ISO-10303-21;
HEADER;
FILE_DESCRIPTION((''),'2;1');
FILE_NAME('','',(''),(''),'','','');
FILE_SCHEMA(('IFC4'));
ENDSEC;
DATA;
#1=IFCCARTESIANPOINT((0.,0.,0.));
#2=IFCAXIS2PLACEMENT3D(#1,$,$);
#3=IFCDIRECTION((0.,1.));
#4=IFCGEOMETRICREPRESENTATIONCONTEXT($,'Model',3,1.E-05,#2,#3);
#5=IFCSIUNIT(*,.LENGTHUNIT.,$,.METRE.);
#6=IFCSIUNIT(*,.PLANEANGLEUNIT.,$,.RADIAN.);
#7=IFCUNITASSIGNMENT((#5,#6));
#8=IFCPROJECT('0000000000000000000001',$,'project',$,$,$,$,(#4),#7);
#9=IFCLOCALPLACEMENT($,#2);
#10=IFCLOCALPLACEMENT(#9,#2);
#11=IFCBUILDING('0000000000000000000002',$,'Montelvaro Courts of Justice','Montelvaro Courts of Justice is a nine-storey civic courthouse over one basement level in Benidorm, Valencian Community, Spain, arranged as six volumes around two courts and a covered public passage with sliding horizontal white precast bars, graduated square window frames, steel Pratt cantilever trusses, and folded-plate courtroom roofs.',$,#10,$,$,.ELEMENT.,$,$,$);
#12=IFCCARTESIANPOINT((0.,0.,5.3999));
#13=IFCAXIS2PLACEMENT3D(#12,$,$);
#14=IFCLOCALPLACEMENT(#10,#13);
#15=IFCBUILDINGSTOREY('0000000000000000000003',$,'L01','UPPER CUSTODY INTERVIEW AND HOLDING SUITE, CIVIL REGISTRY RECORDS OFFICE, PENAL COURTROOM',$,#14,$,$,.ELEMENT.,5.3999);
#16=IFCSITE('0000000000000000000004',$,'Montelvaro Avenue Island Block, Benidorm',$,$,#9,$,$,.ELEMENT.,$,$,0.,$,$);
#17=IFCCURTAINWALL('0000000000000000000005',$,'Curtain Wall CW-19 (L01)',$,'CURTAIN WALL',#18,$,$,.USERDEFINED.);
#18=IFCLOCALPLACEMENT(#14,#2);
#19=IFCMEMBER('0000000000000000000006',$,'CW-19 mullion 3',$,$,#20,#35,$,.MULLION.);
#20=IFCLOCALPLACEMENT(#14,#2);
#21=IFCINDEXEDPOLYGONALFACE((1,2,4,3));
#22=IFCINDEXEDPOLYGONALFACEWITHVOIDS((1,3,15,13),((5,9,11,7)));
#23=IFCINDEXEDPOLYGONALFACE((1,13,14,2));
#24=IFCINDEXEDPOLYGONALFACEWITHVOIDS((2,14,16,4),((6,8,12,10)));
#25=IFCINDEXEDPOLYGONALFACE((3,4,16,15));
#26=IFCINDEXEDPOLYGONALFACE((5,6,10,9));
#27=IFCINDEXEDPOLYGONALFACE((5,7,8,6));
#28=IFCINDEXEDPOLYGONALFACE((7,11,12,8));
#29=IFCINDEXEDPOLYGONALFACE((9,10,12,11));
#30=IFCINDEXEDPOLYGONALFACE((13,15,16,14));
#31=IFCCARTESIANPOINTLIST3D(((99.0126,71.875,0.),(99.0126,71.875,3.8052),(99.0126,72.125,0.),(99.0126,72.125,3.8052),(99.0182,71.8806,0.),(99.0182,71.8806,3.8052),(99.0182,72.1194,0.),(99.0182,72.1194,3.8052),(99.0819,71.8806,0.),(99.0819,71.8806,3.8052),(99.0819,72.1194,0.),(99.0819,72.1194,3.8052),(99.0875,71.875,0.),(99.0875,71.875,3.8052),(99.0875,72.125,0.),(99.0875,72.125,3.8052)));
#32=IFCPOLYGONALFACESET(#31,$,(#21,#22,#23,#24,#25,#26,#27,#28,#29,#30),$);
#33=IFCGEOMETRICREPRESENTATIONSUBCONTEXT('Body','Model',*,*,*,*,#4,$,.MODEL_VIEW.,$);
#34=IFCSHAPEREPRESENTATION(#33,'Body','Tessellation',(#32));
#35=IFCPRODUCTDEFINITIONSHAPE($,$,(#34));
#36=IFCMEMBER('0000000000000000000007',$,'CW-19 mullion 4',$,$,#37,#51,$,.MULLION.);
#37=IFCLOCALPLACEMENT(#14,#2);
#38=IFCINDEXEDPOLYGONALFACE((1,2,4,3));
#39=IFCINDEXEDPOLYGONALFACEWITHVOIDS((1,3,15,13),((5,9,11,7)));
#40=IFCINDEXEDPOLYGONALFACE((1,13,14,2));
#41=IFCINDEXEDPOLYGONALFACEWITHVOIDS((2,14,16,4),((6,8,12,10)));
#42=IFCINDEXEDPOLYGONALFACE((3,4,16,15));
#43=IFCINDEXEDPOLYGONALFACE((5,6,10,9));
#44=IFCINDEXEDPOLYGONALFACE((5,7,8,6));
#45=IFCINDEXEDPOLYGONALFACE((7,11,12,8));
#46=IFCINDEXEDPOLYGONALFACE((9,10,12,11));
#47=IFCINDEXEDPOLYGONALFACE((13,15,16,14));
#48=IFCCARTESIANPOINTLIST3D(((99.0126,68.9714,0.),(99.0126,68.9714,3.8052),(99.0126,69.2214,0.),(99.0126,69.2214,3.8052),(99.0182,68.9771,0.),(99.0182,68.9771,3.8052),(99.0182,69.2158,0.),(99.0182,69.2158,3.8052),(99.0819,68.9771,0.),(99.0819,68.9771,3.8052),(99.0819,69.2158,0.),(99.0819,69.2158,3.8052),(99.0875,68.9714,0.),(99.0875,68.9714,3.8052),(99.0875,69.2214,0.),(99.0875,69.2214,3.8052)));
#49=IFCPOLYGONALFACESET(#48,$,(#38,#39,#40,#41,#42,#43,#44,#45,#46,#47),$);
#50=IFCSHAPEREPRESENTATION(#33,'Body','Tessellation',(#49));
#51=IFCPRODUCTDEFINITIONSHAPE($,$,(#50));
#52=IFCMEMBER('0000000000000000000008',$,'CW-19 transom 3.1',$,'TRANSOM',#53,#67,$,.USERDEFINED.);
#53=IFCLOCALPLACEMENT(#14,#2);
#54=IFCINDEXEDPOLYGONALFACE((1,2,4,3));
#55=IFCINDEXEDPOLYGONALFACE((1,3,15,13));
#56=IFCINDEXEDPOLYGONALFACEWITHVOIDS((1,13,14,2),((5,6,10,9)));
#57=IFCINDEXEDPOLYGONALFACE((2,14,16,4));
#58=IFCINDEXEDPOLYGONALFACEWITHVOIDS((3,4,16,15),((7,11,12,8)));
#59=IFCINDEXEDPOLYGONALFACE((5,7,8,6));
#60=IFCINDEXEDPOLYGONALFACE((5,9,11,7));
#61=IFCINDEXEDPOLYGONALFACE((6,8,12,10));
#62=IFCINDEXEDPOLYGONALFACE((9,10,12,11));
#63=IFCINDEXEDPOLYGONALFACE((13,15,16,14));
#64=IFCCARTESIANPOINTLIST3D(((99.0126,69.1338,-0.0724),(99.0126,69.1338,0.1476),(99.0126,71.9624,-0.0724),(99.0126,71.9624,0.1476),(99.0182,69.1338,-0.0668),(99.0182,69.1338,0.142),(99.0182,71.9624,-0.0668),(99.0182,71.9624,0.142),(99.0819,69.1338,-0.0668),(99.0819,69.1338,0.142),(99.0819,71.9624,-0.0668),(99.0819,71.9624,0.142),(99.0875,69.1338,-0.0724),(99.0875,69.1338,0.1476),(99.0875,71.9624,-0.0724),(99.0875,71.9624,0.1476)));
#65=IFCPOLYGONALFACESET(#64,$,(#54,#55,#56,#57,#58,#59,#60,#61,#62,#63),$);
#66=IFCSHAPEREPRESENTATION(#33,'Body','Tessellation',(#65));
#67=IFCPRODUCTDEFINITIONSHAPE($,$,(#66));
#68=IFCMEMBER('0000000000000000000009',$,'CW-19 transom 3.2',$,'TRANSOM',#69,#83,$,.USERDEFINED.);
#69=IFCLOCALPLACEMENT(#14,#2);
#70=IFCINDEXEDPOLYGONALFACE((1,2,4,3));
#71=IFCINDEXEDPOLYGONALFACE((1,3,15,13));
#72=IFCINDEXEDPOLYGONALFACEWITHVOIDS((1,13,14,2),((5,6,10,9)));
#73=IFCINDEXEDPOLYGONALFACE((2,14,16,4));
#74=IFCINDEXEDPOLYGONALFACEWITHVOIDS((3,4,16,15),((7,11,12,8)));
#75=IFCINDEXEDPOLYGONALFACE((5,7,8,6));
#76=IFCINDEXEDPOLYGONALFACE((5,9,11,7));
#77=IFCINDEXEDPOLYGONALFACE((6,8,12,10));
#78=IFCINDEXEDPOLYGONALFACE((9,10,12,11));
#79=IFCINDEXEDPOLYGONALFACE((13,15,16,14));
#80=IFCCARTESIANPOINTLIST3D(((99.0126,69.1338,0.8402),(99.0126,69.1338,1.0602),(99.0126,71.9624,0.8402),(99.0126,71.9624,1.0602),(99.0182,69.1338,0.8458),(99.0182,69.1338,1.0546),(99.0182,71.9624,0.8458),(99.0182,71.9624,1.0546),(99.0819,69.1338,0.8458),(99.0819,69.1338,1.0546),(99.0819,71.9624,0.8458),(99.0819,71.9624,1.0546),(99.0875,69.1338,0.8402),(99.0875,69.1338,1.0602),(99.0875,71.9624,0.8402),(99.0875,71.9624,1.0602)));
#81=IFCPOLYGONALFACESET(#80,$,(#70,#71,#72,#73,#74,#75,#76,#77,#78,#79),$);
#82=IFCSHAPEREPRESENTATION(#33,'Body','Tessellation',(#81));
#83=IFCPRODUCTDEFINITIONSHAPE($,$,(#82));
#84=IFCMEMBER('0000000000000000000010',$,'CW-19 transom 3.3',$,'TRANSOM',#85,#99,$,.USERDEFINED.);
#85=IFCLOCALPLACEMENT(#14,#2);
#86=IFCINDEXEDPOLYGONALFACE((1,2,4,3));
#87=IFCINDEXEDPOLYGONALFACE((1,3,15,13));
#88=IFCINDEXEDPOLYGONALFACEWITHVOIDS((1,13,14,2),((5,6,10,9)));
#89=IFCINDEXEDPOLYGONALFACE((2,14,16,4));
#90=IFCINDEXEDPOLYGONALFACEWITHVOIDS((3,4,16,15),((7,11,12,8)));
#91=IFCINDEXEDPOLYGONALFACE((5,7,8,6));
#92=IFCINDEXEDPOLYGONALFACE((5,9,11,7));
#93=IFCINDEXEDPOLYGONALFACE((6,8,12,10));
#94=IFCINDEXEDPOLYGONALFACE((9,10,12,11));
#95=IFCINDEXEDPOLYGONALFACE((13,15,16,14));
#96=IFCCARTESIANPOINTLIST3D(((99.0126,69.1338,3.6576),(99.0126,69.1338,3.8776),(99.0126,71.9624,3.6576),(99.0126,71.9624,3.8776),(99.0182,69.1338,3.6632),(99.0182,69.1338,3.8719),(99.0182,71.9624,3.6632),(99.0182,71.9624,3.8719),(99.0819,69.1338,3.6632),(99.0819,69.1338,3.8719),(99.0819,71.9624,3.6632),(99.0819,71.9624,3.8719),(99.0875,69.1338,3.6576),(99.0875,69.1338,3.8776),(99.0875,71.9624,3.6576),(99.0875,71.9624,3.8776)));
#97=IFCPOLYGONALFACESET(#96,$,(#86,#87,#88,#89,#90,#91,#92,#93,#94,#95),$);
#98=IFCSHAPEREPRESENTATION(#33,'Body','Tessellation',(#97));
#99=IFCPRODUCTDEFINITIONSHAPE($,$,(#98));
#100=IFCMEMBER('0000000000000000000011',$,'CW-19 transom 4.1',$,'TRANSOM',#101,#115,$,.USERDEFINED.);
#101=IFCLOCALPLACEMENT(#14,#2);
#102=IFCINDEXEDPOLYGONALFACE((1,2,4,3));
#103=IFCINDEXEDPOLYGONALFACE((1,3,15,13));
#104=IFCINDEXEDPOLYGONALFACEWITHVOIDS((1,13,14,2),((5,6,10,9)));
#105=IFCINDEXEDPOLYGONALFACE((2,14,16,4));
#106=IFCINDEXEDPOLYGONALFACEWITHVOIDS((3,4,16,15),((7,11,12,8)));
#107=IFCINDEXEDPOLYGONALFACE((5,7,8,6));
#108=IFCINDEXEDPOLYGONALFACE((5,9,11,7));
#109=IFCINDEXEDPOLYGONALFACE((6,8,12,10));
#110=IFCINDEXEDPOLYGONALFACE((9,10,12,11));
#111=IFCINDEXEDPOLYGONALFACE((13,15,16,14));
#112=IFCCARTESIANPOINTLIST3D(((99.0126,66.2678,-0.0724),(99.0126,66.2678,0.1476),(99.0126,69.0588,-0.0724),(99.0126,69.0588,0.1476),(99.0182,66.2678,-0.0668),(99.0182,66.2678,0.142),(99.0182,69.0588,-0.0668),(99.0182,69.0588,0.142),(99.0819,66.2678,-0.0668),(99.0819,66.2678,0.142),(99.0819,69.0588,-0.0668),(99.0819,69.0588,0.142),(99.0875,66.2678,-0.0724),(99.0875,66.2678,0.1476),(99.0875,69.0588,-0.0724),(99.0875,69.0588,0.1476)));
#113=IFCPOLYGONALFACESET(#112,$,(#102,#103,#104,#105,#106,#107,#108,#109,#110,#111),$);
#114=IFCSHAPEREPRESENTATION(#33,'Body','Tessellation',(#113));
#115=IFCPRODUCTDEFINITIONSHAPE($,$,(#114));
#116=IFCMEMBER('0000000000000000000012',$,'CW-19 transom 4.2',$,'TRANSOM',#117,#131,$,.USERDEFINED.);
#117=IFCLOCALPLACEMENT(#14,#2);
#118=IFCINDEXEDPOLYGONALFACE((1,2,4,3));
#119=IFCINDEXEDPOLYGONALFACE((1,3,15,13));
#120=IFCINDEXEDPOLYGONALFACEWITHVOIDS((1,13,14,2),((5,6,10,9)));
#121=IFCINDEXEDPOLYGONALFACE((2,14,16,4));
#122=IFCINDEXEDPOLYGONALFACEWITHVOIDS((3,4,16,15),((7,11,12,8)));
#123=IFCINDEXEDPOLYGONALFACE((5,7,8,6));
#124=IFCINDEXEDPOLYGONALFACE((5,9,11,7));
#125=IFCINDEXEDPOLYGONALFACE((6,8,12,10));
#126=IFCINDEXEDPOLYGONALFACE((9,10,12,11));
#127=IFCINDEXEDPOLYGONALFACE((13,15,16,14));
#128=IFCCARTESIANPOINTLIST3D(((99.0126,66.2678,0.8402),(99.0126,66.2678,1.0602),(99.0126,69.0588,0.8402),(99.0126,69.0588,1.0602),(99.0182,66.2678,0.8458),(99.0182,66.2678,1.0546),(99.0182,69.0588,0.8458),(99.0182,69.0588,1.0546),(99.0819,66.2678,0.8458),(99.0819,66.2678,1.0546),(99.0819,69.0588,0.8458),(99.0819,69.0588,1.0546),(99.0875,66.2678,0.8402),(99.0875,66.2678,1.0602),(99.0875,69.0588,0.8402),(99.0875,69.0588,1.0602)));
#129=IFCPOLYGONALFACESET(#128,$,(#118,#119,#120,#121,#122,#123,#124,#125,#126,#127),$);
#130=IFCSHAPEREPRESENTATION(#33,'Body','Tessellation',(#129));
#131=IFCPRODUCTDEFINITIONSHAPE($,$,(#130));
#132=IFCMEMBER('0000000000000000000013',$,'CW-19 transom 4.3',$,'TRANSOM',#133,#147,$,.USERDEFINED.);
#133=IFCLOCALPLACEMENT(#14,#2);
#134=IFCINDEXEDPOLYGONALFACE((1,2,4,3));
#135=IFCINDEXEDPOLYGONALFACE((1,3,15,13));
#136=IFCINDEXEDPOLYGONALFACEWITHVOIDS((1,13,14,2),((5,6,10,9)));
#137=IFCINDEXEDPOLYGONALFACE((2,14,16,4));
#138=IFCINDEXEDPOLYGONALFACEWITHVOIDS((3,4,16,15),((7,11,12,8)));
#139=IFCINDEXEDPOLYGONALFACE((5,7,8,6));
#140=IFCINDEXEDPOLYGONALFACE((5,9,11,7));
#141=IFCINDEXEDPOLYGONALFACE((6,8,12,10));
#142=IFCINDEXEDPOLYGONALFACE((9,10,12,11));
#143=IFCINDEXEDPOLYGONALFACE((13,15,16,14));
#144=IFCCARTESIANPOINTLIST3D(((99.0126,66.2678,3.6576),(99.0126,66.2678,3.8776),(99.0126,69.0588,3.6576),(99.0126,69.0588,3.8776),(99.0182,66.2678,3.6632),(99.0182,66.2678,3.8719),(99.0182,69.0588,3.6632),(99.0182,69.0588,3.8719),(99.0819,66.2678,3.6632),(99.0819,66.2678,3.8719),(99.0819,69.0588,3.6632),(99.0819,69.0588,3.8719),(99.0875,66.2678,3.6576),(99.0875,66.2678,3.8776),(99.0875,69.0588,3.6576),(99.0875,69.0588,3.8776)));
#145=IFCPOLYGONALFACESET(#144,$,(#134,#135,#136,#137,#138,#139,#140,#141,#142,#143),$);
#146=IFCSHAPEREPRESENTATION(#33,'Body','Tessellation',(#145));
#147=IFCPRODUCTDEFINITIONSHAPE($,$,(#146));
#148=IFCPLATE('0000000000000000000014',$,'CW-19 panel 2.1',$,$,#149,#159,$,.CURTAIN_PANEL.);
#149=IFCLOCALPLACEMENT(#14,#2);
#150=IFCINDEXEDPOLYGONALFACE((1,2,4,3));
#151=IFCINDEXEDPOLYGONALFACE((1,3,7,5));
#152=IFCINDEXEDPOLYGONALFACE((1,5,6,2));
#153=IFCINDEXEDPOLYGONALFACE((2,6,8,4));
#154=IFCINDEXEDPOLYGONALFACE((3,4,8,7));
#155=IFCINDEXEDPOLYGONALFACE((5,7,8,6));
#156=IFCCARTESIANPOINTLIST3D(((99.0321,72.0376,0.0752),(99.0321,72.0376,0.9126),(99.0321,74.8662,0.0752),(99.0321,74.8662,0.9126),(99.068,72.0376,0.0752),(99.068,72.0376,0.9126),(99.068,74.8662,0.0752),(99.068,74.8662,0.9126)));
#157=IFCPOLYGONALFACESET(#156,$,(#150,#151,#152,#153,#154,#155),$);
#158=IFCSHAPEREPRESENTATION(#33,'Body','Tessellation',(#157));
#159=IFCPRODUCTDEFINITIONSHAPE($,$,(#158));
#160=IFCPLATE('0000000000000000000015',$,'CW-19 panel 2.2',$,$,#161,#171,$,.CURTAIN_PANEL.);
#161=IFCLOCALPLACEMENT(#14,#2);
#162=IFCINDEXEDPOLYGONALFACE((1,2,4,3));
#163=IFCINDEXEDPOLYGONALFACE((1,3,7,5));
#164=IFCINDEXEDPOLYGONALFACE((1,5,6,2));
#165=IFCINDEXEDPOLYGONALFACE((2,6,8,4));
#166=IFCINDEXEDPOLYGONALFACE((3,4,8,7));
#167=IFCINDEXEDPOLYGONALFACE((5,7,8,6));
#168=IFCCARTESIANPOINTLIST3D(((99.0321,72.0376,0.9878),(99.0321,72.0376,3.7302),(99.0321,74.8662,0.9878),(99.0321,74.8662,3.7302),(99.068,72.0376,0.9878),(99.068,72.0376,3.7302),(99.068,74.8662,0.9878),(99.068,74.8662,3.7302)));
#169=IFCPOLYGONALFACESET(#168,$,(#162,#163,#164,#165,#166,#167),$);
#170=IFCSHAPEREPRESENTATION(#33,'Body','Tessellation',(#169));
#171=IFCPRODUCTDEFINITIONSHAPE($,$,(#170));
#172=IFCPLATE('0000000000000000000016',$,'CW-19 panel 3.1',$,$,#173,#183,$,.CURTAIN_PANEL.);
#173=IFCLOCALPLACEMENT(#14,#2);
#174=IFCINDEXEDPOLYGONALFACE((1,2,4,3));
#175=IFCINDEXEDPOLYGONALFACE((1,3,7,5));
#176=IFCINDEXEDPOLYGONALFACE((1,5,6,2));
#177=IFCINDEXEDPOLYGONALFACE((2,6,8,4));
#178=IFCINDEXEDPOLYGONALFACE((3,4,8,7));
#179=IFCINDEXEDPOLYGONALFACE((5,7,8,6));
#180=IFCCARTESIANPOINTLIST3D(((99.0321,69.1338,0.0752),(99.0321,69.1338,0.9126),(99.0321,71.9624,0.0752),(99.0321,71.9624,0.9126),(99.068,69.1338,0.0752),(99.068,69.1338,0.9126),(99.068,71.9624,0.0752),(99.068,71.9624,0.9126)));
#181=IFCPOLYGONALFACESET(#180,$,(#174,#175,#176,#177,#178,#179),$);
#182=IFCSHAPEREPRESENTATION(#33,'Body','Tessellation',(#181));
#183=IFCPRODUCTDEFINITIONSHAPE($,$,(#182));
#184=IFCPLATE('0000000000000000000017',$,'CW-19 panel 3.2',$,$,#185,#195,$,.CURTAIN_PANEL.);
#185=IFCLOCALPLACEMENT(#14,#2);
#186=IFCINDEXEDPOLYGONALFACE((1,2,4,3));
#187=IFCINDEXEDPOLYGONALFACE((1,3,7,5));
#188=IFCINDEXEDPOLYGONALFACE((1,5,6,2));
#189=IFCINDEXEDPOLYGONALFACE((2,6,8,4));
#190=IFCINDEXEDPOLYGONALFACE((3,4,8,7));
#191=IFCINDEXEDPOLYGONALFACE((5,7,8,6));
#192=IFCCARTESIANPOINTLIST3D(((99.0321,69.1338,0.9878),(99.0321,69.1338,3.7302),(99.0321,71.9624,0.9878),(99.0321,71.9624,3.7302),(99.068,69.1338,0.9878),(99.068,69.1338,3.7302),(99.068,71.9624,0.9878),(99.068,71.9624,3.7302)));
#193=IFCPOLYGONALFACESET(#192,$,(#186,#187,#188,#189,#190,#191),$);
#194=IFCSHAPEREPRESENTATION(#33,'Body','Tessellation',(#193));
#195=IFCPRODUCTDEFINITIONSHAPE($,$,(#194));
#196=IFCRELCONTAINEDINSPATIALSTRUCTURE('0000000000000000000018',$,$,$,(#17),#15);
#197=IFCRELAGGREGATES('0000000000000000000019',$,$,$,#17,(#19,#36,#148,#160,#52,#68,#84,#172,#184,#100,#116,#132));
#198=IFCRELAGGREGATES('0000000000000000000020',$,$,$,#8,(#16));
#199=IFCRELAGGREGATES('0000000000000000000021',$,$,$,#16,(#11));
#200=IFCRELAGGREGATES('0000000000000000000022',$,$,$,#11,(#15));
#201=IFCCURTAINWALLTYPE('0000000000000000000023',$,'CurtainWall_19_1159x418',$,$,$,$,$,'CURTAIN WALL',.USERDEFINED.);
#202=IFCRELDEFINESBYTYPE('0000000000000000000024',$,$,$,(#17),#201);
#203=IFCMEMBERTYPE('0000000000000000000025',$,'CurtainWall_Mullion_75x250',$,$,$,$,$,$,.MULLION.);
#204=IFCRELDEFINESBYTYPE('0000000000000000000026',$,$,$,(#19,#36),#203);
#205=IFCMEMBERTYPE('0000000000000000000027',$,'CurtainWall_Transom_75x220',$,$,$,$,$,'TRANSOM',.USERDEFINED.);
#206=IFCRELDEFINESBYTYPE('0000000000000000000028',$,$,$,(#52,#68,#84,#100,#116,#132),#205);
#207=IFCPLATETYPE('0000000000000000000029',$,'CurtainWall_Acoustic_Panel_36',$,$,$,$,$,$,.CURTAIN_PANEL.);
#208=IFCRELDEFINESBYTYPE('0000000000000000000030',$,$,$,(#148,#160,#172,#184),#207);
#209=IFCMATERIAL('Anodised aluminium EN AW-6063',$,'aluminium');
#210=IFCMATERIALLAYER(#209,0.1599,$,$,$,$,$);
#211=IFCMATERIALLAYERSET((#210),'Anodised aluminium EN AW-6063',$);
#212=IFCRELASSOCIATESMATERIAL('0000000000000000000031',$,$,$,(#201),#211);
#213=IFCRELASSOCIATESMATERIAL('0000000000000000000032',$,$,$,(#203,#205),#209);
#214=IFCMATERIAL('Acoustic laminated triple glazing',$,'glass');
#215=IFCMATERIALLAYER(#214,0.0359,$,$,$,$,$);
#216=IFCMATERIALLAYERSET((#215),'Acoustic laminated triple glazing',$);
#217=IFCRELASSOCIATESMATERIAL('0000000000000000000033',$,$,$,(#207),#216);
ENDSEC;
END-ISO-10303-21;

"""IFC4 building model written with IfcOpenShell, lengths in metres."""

from ifc_helpers import new_model, si_unit, direction, frame, origin, origin_2d, place, context, subcontext, project, spatial, rectangle, hollow_rectangle, extrude, material, layer, layer_set, material_profile, profile_set, type_object, element, aggregate, save


model = new_model("IFC4")

# Units and contexts
model_context = context("Model", 3, precision=1e-05, world=origin(), true_north=direction((0.0, 1.0)))
body_context = subcontext(model_context, "Body", "Model", "MODEL_VIEW")
ifc_project = project(units=[si_unit("LENGTHUNIT", "METRE"), si_unit("PLANEANGLEUNIT", "RADIAN")], contexts=[model_context])

# Site, building, storey
site_placement = place(None, origin())
site = spatial("IfcSite", under=ifc_project, at=site_placement, Name="Montelvaro Avenue Island Block, Benidorm", CompositionType="ELEMENT", RefElevation=0.0)
building_placement = place(site_placement, origin())
building = spatial("IfcBuilding", under=site, at=building_placement, Name="Montelvaro Courts of Justice", Description="Montelvaro Courts of Justice is a nine-storey civic courthouse over one basement level in Benidorm, Valencian Community, Spain, arranged as six volumes around two courts and a covered public passage with sliding horizontal white precast bars, graduated square window frames, steel Pratt cantilever trusses, and folded-plate courtroom roofs.", CompositionType="ELEMENT")
storey_placement = place(building_placement, frame((0.0, 0.0, 5.3999)))
storey = spatial("IfcBuildingStorey", under=building, at=storey_placement, Name="L01", Description="UPPER CUSTODY INTERVIEW AND HOLDING SUITE, CIVIL REGISTRY RECORDS OFFICE, PENAL COURTROOM", CompositionType="ELEMENT", Elevation=5.3999)

# Curtain wall, members, plates
ifc_material_1 = material(Name="Anodised aluminium EN AW-6063", Category="aluminium")
ifc_layer_1 = layer(ifc_material_1, 0.1599)
ifc_layer_set_1 = layer_set([ifc_layer_1], Name="Anodised aluminium EN AW-6063")
curtain_wall_type = type_object("IfcCurtainWallType", Name="CurtainWall_19_1159x418", ElementType="CURTAIN WALL", PredefinedType="USERDEFINED", material=ifc_layer_set_1)
curtain_wall_placement = place(storey_placement, origin())
curtain_wall = element("IfcCurtainWall", 1, at=curtain_wall_placement, inside=storey, type_object=curtain_wall_type, Name="Curtain Wall CW-19 (L01)", ObjectType="CURTAIN WALL", PredefinedType="USERDEFINED")
ifc_material_profile_1 = material_profile(ifc_material_1, hollow_rectangle(XDim=0.075, YDim=0.25, WallThickness=0.0056, at=origin_2d()), Name="ALU-M 75x250")
ifc_profile_set_1 = profile_set([ifc_material_profile_1], Name="Anodised aluminium EN AW-6063")
member_type_1 = type_object("IfcMemberType", Name="CurtainWall_Mullion_75x250", PredefinedType="MULLION", material=ifc_profile_set_1)
member_1_placement = place(storey_placement, frame((99.05, 72.0, 0.0), z_axis=(0.0, 0.0, 1.0), x_axis=(1.0, 0.0, 0.0)))
member_1 = element("IfcMember", 2, at=member_1_placement, type_object=member_type_1, Name="CW-19 mullion 3", PredefinedType="MULLION", context=body_context, shape_type="SweptSolid", body=[
    extrude(hollow_rectangle(XDim=0.075, YDim=0.25, WallThickness=0.0056, at=origin_2d()), origin(), (0.0, 0.0, 1.0), 3.8052),
])
member_2_placement = place(storey_placement, frame((99.05, 69.0964, 0.0), z_axis=(0.0, 0.0, 1.0), x_axis=(1.0, 0.0, 0.0)))
member_2 = element("IfcMember", 3, at=member_2_placement, type_object=member_type_1, Name="CW-19 mullion 4", PredefinedType="MULLION", context=body_context, shape_type="SweptSolid", body=[
    extrude(hollow_rectangle(XDim=0.075, YDim=0.25, WallThickness=0.0056, at=origin_2d()), origin(), (0.0, 0.0, 1.0), 3.8052),
])
ifc_material_profile_2 = material_profile(ifc_material_1, hollow_rectangle(XDim=0.075, YDim=0.22, WallThickness=0.0056, at=origin_2d()), Name="ALU-T 75x220")
ifc_profile_set_2 = profile_set([ifc_material_profile_2], Name="Anodised aluminium EN AW-6063")
member_type_2 = type_object("IfcMemberType", Name="CurtainWall_Transom_75x220", ElementType="TRANSOM", PredefinedType="USERDEFINED", material=ifc_profile_set_2)
member_3_placement = place(storey_placement, frame((99.05, 71.9624, 0.0376), z_axis=(0.0, -1.0, 0.0), x_axis=(1.0, 0.0, 0.0)))
member_3 = element("IfcMember", 4, at=member_3_placement, type_object=member_type_2, Name="CW-19 transom 3.1", ObjectType="TRANSOM", PredefinedType="USERDEFINED", context=body_context, shape_type="SweptSolid", body=[
    extrude(hollow_rectangle(XDim=0.075, YDim=0.22, WallThickness=0.0056, at=origin_2d()), origin(), (0.0, 0.0, 1.0), 2.8286),
])
member_4_placement = place(storey_placement, frame((99.05, 71.9624, 0.9502), z_axis=(0.0, -1.0, 0.0), x_axis=(1.0, 0.0, 0.0)))
member_4 = element("IfcMember", 5, at=member_4_placement, type_object=member_type_2, Name="CW-19 transom 3.2", ObjectType="TRANSOM", PredefinedType="USERDEFINED", context=body_context, shape_type="SweptSolid", body=[
    extrude(hollow_rectangle(XDim=0.075, YDim=0.22, WallThickness=0.0056, at=origin_2d()), origin(), (0.0, 0.0, 1.0), 2.8286),
])
member_5_placement = place(storey_placement, frame((99.05, 71.9624, 3.7676), z_axis=(0.0, -1.0, 0.0), x_axis=(1.0, 0.0, 0.0)))
member_5 = element("IfcMember", 6, at=member_5_placement, type_object=member_type_2, Name="CW-19 transom 3.3", ObjectType="TRANSOM", PredefinedType="USERDEFINED", context=body_context, shape_type="SweptSolid", body=[
    extrude(hollow_rectangle(XDim=0.075, YDim=0.22, WallThickness=0.0056, at=origin_2d()), origin(), (0.0, 0.0, 1.0), 2.8286),
])
member_6_placement = place(storey_placement, frame((99.05, 69.0588, 0.0376), z_axis=(0.0, -1.0, 0.0), x_axis=(1.0, 0.0, 0.0)))
member_6 = element("IfcMember", 7, at=member_6_placement, type_object=member_type_2, Name="CW-19 transom 4.1", ObjectType="TRANSOM", PredefinedType="USERDEFINED", context=body_context, shape_type="SweptSolid", body=[
    extrude(hollow_rectangle(XDim=0.075, YDim=0.22, WallThickness=0.0056, at=origin_2d()), origin(), (0.0, 0.0, 1.0), 2.791),
])
member_7_placement = place(storey_placement, frame((99.05, 69.0588, 0.9502), z_axis=(0.0, -1.0, 0.0), x_axis=(1.0, 0.0, 0.0)))
member_7 = element("IfcMember", 8, at=member_7_placement, type_object=member_type_2, Name="CW-19 transom 4.2", ObjectType="TRANSOM", PredefinedType="USERDEFINED", context=body_context, shape_type="SweptSolid", body=[
    extrude(hollow_rectangle(XDim=0.075, YDim=0.22, WallThickness=0.0056, at=origin_2d()), origin(), (0.0, 0.0, 1.0), 2.791),
])
member_8_placement = place(storey_placement, frame((99.05, 69.0588, 3.7676), z_axis=(0.0, -1.0, 0.0), x_axis=(1.0, 0.0, 0.0)))
member_8 = element("IfcMember", 9, at=member_8_placement, type_object=member_type_2, Name="CW-19 transom 4.3", ObjectType="TRANSOM", PredefinedType="USERDEFINED", context=body_context, shape_type="SweptSolid", body=[
    extrude(hollow_rectangle(XDim=0.075, YDim=0.22, WallThickness=0.0056, at=origin_2d()), origin(), (0.0, 0.0, 1.0), 2.791),
])
ifc_material_2 = material(Name="Acoustic laminated triple glazing", Category="glass")
ifc_layer_2 = layer(ifc_material_2, 0.0359)
ifc_layer_set_2 = layer_set([ifc_layer_2], Name="Acoustic laminated triple glazing")
plate_type = type_object("IfcPlateType", Name="CurtainWall_Acoustic_Panel_36", PredefinedType="CURTAIN_PANEL", material=ifc_layer_set_2)
plate_1_placement = place(storey_placement, frame((99.05, 73.4519, 0.0752), z_axis=(0.0, 0.0, 1.0), x_axis=(0.0, -1.0, 0.0)))
plate_1 = element("IfcPlate", 10, at=plate_1_placement, type_object=plate_type, Name="CW-19 panel 2.1", PredefinedType="CURTAIN_PANEL", context=body_context, shape_type="SweptSolid", body=[
    extrude(rectangle(XDim=2.8286, YDim=0.0359, at=origin_2d()), origin(), (0.0, 0.0, 1.0), 0.8374),
])
plate_2_placement = place(storey_placement, frame((99.05, 73.4519, 0.9878), z_axis=(0.0, 0.0, 1.0), x_axis=(0.0, -1.0, 0.0)))
plate_2 = element("IfcPlate", 11, at=plate_2_placement, type_object=plate_type, Name="CW-19 panel 2.2", PredefinedType="CURTAIN_PANEL", context=body_context, shape_type="SweptSolid", body=[
    extrude(rectangle(XDim=2.8286, YDim=0.0359, at=origin_2d()), origin(), (0.0, 0.0, 1.0), 2.7424),
])
plate_3_placement = place(storey_placement, frame((99.05, 70.5481, 0.0752), z_axis=(0.0, 0.0, 1.0), x_axis=(0.0, -1.0, 0.0)))
plate_3 = element("IfcPlate", 12, at=plate_3_placement, type_object=plate_type, Name="CW-19 panel 3.1", PredefinedType="CURTAIN_PANEL", context=body_context, shape_type="SweptSolid", body=[
    extrude(rectangle(XDim=2.8286, YDim=0.0359, at=origin_2d()), origin(), (0.0, 0.0, 1.0), 0.8374),
])
plate_4_placement = place(storey_placement, frame((99.05, 70.5481, 0.9878), z_axis=(0.0, 0.0, 1.0), x_axis=(0.0, -1.0, 0.0)))
plate_4 = element("IfcPlate", 13, at=plate_4_placement, type_object=plate_type, Name="CW-19 panel 3.2", PredefinedType="CURTAIN_PANEL", context=body_context, shape_type="SweptSolid", body=[
    extrude(rectangle(XDim=2.8286, YDim=0.0359, at=origin_2d()), origin(), (0.0, 0.0, 1.0), 2.7424),
])
aggregate(curtain_wall, [member_1, member_2, plate_1, plate_2, member_3, member_4, member_5, plate_3, plate_4, member_6, member_7, member_8])

save(model, "model.ifc")
